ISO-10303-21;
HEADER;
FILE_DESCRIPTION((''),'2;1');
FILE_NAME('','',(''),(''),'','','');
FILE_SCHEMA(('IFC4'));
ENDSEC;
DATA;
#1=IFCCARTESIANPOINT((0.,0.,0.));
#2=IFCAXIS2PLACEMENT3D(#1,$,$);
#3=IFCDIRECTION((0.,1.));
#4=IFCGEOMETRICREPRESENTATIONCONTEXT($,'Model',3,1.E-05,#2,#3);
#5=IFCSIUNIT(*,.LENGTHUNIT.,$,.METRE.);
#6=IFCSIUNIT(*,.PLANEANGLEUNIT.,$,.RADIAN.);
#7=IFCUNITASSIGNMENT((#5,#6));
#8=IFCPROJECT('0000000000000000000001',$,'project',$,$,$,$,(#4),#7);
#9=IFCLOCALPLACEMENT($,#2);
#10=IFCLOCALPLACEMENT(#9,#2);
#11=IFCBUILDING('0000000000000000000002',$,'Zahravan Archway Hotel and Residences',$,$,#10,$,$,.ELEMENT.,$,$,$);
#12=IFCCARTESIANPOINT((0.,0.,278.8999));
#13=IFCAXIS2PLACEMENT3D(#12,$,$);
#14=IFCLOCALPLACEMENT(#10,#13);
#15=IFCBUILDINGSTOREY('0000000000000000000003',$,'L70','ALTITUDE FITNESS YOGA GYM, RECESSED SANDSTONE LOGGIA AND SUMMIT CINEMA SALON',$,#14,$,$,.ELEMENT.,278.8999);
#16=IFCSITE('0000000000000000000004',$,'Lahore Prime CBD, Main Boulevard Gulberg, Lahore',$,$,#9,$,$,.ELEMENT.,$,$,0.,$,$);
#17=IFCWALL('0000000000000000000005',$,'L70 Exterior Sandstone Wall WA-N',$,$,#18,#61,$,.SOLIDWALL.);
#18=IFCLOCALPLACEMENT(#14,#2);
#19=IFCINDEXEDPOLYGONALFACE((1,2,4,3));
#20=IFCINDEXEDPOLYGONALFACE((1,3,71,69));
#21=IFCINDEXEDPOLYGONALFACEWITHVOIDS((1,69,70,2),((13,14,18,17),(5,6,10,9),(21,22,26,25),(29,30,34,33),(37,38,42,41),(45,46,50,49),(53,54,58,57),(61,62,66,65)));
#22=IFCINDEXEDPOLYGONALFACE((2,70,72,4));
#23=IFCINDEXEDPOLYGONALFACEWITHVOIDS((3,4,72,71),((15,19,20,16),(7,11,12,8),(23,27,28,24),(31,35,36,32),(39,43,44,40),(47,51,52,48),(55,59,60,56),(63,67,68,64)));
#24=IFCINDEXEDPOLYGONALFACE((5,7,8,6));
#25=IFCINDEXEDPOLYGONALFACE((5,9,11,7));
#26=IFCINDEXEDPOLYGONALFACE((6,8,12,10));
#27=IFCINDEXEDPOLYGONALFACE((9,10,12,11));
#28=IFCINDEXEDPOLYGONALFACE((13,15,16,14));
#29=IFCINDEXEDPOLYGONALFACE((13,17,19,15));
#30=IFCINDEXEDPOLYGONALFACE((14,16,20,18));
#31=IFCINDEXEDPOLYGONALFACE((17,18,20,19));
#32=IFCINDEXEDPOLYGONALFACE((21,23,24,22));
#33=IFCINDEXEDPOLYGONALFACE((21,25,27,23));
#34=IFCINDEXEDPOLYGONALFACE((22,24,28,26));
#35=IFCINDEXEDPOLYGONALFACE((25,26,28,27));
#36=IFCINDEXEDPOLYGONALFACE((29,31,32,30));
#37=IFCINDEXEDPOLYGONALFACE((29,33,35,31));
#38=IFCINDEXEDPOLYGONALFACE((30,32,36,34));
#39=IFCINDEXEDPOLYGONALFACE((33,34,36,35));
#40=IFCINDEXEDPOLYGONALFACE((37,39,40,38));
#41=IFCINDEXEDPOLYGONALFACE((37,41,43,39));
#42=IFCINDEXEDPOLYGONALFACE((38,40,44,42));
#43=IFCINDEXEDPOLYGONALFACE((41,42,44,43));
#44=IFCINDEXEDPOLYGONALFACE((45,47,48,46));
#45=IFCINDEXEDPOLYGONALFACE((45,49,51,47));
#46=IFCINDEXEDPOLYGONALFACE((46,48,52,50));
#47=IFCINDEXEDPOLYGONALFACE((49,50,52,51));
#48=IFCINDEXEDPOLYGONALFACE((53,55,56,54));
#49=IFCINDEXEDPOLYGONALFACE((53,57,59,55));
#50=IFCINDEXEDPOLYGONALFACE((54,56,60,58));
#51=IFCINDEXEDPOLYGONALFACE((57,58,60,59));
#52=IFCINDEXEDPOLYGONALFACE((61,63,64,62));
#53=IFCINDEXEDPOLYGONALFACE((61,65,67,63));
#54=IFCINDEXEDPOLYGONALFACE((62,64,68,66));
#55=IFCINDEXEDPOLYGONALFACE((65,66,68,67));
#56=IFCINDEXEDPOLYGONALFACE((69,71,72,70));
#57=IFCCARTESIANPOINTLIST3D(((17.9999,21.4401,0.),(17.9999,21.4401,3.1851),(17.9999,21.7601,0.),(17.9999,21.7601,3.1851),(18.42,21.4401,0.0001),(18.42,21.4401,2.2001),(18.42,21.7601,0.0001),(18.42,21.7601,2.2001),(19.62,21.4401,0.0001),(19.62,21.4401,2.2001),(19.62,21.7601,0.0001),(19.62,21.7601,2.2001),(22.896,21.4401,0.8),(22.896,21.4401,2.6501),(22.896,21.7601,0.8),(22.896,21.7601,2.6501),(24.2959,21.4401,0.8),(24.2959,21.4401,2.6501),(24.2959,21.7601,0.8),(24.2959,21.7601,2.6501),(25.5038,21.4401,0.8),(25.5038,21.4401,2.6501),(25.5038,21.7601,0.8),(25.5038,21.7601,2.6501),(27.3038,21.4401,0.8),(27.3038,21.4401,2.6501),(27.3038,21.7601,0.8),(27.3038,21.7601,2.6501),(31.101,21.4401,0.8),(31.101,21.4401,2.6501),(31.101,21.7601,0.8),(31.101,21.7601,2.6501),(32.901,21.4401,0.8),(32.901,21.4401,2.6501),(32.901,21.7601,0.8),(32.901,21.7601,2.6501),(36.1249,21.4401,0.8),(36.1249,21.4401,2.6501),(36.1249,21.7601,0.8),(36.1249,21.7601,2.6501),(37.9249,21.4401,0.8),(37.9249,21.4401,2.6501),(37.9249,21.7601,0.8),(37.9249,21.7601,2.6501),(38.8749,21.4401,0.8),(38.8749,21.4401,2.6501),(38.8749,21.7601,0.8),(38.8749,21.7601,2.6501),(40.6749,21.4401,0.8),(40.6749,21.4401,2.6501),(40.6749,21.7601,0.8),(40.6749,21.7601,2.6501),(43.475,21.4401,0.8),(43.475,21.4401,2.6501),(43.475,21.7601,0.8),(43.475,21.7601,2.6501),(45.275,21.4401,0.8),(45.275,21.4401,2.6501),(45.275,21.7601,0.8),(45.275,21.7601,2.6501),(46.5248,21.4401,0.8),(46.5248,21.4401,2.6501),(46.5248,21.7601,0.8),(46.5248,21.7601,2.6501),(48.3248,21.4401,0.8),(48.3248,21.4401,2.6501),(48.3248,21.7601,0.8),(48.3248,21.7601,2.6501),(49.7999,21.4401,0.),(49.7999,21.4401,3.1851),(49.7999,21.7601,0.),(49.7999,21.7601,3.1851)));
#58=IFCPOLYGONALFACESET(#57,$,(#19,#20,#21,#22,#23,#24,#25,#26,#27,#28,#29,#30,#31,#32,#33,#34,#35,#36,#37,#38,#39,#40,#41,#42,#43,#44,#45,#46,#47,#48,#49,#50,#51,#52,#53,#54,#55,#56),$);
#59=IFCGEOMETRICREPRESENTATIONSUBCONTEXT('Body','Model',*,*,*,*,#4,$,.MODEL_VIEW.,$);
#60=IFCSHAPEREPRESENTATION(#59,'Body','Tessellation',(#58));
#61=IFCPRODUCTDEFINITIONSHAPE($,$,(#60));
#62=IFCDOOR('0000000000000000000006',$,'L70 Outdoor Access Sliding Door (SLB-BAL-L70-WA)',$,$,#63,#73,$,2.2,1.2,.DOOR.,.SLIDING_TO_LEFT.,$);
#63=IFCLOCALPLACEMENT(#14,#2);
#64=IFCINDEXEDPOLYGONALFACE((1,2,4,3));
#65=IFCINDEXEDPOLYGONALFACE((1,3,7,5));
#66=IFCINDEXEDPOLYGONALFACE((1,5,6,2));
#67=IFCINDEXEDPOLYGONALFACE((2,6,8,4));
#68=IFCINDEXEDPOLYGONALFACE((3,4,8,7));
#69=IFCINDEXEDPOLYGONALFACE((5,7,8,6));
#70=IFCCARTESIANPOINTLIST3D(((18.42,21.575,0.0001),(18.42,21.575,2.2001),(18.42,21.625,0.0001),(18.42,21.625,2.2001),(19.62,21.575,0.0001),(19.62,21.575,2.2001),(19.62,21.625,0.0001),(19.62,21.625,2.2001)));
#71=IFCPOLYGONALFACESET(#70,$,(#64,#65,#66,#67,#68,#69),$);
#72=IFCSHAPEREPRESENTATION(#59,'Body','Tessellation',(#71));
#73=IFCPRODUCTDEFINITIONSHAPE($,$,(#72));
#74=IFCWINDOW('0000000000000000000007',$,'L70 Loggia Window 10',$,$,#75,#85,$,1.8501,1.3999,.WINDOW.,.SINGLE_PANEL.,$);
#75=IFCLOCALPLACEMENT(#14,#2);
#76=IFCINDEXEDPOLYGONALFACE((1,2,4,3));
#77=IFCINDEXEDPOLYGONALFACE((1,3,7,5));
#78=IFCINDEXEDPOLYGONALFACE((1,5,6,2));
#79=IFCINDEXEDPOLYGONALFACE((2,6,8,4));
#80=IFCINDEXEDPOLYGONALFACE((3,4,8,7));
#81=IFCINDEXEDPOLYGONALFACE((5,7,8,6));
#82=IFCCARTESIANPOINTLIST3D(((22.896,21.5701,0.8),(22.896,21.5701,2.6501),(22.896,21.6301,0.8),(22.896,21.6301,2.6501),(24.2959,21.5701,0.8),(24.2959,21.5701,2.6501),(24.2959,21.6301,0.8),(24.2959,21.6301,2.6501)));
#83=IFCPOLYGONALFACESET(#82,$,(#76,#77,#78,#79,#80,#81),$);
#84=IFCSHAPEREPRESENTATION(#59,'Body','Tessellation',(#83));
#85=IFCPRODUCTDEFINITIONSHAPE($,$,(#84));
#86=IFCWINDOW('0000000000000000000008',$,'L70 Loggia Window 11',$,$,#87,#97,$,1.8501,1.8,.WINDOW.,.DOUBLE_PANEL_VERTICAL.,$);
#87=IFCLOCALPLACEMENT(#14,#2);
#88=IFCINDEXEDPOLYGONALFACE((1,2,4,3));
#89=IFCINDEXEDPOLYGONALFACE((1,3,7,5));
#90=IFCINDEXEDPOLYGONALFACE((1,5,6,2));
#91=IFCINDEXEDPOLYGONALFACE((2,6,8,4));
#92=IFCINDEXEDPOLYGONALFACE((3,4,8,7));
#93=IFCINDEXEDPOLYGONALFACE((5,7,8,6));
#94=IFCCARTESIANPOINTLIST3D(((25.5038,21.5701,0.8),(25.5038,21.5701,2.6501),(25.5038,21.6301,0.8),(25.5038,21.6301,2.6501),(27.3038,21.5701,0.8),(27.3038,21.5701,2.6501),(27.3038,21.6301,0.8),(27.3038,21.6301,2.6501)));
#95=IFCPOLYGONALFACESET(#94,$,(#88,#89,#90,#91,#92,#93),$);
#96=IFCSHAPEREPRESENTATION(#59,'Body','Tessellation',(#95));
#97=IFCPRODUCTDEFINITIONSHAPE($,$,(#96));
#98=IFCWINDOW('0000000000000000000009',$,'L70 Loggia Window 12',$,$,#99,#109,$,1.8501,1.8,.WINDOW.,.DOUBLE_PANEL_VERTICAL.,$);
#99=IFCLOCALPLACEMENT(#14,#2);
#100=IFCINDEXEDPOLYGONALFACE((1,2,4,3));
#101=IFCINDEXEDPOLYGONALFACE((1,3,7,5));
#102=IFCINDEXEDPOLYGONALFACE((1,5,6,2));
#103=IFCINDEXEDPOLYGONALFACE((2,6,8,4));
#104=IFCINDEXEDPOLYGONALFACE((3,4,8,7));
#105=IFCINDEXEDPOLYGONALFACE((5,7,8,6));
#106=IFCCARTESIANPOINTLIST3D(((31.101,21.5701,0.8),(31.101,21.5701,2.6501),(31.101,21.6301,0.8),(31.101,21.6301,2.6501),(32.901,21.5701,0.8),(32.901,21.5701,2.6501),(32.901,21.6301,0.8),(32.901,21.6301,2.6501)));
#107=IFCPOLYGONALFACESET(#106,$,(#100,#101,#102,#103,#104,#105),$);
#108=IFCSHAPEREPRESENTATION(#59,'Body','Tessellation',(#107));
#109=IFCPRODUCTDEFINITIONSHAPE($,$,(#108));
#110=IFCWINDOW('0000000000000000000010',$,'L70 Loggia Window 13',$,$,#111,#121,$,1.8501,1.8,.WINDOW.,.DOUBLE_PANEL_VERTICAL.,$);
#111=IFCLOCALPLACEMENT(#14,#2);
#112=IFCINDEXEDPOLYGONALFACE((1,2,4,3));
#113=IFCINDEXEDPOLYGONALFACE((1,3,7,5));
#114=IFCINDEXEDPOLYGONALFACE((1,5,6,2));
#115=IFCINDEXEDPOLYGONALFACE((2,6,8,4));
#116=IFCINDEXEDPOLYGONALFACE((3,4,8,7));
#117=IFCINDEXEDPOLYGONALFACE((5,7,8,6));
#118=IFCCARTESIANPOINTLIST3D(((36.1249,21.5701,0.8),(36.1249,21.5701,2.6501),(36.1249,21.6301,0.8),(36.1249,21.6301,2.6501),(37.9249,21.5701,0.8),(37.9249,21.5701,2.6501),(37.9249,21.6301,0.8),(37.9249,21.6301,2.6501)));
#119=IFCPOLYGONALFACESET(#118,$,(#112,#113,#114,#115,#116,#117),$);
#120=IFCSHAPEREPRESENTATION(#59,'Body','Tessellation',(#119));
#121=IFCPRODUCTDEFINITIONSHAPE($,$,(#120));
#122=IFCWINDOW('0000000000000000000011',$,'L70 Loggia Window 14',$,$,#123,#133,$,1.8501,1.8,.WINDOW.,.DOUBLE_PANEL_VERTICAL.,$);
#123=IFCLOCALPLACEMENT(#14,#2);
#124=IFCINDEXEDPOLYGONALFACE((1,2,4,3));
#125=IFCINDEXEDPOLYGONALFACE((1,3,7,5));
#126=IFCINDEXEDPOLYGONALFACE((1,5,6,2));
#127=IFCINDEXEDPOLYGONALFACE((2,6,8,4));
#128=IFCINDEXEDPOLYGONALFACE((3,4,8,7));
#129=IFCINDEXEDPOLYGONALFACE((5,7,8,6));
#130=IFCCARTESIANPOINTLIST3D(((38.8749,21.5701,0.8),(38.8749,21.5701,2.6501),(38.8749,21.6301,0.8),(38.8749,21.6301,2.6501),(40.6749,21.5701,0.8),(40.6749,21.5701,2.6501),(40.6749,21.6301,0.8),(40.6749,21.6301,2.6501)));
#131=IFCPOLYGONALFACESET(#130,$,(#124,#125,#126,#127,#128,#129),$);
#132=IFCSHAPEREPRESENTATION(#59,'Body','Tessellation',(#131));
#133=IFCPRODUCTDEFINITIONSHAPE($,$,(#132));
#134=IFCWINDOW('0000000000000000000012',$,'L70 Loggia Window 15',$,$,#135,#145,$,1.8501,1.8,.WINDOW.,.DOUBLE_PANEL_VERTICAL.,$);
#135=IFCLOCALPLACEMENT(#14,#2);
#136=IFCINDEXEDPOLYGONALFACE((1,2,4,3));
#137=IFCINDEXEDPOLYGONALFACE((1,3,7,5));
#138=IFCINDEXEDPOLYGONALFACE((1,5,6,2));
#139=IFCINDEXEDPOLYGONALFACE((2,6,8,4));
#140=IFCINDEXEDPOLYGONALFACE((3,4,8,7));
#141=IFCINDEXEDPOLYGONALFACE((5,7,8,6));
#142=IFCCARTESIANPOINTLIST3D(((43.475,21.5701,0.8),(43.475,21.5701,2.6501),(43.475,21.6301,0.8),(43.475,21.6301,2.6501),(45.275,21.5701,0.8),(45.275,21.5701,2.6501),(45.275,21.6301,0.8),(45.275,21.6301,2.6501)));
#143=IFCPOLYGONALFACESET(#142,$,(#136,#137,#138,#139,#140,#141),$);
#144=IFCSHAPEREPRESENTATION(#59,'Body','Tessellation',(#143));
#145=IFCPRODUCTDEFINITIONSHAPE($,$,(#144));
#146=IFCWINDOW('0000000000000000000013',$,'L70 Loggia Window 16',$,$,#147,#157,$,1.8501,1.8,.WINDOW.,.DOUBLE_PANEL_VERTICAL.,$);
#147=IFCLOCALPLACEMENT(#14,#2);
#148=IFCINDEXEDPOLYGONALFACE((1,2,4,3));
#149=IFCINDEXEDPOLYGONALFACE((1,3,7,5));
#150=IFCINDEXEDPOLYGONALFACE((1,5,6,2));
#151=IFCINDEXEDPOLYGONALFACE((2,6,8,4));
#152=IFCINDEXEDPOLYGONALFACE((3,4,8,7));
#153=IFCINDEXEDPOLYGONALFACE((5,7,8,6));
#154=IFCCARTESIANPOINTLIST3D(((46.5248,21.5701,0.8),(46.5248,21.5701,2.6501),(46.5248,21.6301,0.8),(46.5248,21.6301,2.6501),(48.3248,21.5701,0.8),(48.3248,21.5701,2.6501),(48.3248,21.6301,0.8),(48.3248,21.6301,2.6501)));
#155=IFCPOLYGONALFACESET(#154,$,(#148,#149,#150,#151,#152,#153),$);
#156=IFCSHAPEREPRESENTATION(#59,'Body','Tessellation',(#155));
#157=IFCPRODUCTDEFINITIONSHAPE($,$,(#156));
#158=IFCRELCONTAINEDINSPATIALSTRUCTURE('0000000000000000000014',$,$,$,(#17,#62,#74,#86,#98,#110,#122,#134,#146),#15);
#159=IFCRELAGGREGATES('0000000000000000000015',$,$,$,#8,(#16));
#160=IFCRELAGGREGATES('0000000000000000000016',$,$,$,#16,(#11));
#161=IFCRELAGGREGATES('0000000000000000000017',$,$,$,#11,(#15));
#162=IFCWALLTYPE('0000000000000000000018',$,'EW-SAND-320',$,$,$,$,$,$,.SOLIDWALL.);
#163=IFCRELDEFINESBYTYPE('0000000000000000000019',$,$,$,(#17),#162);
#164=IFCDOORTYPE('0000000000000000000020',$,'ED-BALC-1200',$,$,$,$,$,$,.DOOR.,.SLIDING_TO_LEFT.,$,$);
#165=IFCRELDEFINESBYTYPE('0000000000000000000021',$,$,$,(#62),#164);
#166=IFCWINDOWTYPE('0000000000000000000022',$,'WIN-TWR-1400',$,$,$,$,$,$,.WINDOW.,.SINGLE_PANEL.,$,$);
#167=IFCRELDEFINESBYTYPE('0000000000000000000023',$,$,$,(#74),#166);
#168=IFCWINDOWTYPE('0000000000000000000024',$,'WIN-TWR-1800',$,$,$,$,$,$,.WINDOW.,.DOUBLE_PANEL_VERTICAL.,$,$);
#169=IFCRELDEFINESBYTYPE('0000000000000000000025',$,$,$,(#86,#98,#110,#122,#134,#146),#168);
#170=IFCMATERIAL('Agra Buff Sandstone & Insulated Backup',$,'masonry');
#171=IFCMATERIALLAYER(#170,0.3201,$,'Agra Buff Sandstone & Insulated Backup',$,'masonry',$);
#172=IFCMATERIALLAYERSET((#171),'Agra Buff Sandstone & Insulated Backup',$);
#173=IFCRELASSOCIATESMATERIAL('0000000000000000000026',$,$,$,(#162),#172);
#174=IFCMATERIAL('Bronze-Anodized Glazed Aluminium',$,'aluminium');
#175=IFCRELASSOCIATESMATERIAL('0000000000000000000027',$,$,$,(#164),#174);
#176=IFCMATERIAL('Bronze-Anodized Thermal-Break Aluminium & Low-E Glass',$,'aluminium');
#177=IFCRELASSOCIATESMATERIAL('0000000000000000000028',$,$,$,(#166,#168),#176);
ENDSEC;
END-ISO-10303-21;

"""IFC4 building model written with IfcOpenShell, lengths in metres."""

from ifc_helpers import new_model, si_unit, direction, frame, frame_2d, origin, place, context, subcontext, project, spatial, rectangle, extrude, source, transform, mapped, material, layer, layer_set, type_object, type_shapes, element, fill, save


model = new_model("IFC4")

# Units and contexts
model_context = context("Model", 3, precision=1e-05, world=origin(), true_north=direction((0.0, 1.0)))
body_context = subcontext(model_context, "Body", "Model", "MODEL_VIEW")
ifc_project = project(units=[si_unit("LENGTHUNIT", "METRE"), si_unit("PLANEANGLEUNIT", "RADIAN")], contexts=[model_context])

# Site, building, storey
site_placement = place(None, origin())
site = spatial("IfcSite", under=ifc_project, at=site_placement, Name="Lahore Prime CBD, Main Boulevard Gulberg, Lahore", CompositionType="ELEMENT", RefElevation=0.0)
building_placement = place(site_placement, origin())
building = spatial("IfcBuilding", under=site, at=building_placement, Name="Zahravan Archway Hotel and Residences", CompositionType="ELEMENT")
storey_placement = place(building_placement, frame((0.0, 0.0, 278.8999)))
storey = spatial("IfcBuildingStorey", under=building, at=storey_placement, Name="L70", Description="ALTITUDE FITNESS YOGA GYM, RECESSED SANDSTONE LOGGIA AND SUMMIT CINEMA SALON", CompositionType="ELEMENT", Elevation=278.8999)

# Wall, openings, door, windows
ifc_material_1 = material(Name="Agra Buff Sandstone & Insulated Backup", Category="masonry")
ifc_layer_1 = layer(ifc_material_1, 0.3201, Name="Agra Buff Sandstone & Insulated Backup", Category="masonry")
ifc_layer_set_1 = layer_set([ifc_layer_1], Name="Agra Buff Sandstone & Insulated Backup")
wall_type_1 = type_object("IfcWallType", Name="EW-SAND-320", PredefinedType="SOLIDWALL", material=ifc_layer_set_1)
wall_1_placement = place(storey_placement, frame((18.0, 21.6001, 0.0), z_axis=(0.0, 0.0, 1.0), x_axis=(1.0, 0.0, 0.0)))
wall_1 = element("IfcWall", 1, at=wall_1_placement, inside=storey, type_object=wall_type_1, Name="L70 Exterior Sandstone Wall WA-N", PredefinedType="SOLIDWALL", context=body_context, shape_type="SweptSolid", body=[
    extrude(rectangle(XDim=31.8, YDim=0.3201, at=frame_2d((15.8999, 0.0))), origin(), (0.0, 0.0, 1.0), 3.1851),
])
opening_1_placement = place(wall_1_placement, frame((0.4199, 0.0, 0.0)))
opening_1 = element("IfcOpeningElement", 2, at=opening_1_placement, cuts=wall_1, PredefinedType="OPENING", context=body_context, shape_type="SweptSolid", body=[
    extrude(rectangle(XDim=1.2, YDim=2.2, at=frame_2d((0.6001, 1.1001))), frame((0.0, 0.1699, 0.0), z_axis=(0.0, -1.0, 0.0), x_axis=(1.0, 0.0, 0.0)), (0.0, 0.0, 1.0), 0.3401),
])
opening_2_placement = place(wall_1_placement, frame((4.896, 0.0, 0.8)))
opening_2 = element("IfcOpeningElement", 3, at=opening_2_placement, cuts=wall_1, PredefinedType="OPENING", context=body_context, shape_type="SweptSolid", body=[
    extrude(rectangle(XDim=1.3999, YDim=1.8501, at=frame_2d((0.7, 0.925))), frame((0.0, 0.1699, 0.0), z_axis=(0.0, -1.0, 0.0), x_axis=(1.0, 0.0, 0.0)), (0.0, 0.0, 1.0), 0.3401),
])
opening_3_placement = place(wall_1_placement, frame((7.5039, 0.0, 0.8)))
opening_3 = element("IfcOpeningElement", 4, at=opening_3_placement, cuts=wall_1, PredefinedType="OPENING", context=body_context, shape_type="SweptSolid", body=[
    extrude(rectangle(XDim=1.8, YDim=1.8501, at=frame_2d((0.8999, 0.925))), frame((0.0, 0.1699, 0.0), z_axis=(0.0, -1.0, 0.0), x_axis=(1.0, 0.0, 0.0)), (0.0, 0.0, 1.0), 0.3401),
])
opening_4_placement = place(wall_1_placement, frame((13.1011, 0.0, 0.8)))
opening_4 = element("IfcOpeningElement", 5, at=opening_4_placement, cuts=wall_1, PredefinedType="OPENING", context=body_context, shape_type="SweptSolid", body=[
    extrude(rectangle(XDim=1.8, YDim=1.8501, at=frame_2d((0.8999, 0.925))), frame((0.0, 0.1699, 0.0), z_axis=(0.0, -1.0, 0.0), x_axis=(1.0, 0.0, 0.0)), (0.0, 0.0, 1.0), 0.3401),
])
opening_5_placement = place(wall_1_placement, frame((18.125, 0.0, 0.8)))
opening_5 = element("IfcOpeningElement", 6, at=opening_5_placement, cuts=wall_1, PredefinedType="OPENING", context=body_context, shape_type="SweptSolid", body=[
    extrude(rectangle(XDim=1.8, YDim=1.8501, at=frame_2d((0.8999, 0.925))), frame((0.0, 0.1699, 0.0), z_axis=(0.0, -1.0, 0.0), x_axis=(1.0, 0.0, 0.0)), (0.0, 0.0, 1.0), 0.3401),
])
opening_6_placement = place(wall_1_placement, frame((20.875, 0.0, 0.8)))
opening_6 = element("IfcOpeningElement", 7, at=opening_6_placement, cuts=wall_1, PredefinedType="OPENING", context=body_context, shape_type="SweptSolid", body=[
    extrude(rectangle(XDim=1.8, YDim=1.8501, at=frame_2d((0.8999, 0.925))), frame((0.0, 0.1699, 0.0), z_axis=(0.0, -1.0, 0.0), x_axis=(1.0, 0.0, 0.0)), (0.0, 0.0, 1.0), 0.3401),
])
opening_7_placement = place(wall_1_placement, frame((25.4751, 0.0, 0.8)))
opening_7 = element("IfcOpeningElement", 8, at=opening_7_placement, cuts=wall_1, PredefinedType="OPENING", context=body_context, shape_type="SweptSolid", body=[
    extrude(rectangle(XDim=1.8, YDim=1.8501, at=frame_2d((0.8999, 0.925))), frame((0.0, 0.1699, 0.0), z_axis=(0.0, -1.0, 0.0), x_axis=(1.0, 0.0, 0.0)), (0.0, 0.0, 1.0), 0.3401),
])
opening_8_placement = place(wall_1_placement, frame((28.5249, 0.0, 0.8)))
opening_8 = element("IfcOpeningElement", 9, at=opening_8_placement, cuts=wall_1, PredefinedType="OPENING", context=body_context, shape_type="SweptSolid", body=[
    extrude(rectangle(XDim=1.8, YDim=1.8501, at=frame_2d((0.8999, 0.925))), frame((0.0, 0.1699, 0.0), z_axis=(0.0, -1.0, 0.0), x_axis=(1.0, 0.0, 0.0)), (0.0, 0.0, 1.0), 0.3401),
])
ifc_material_2 = material(Name="Bronze-Anodized Glazed Aluminium", Category="aluminium")
door_type = type_object("IfcDoorType", Name="ED-BALC-1200", OperationType="SLIDING_TO_LEFT", PredefinedType="DOOR", material=ifc_material_2)
shared_shape_1 = source(origin(), body_context, "Body", "SweptSolid", [
    extrude(rectangle(XDim=1.2, YDim=2.2, at=frame_2d((0.6001, 1.1001))), frame((0.0, 0.0249, 0.0), z_axis=(0.0, -1.0, 0.0), x_axis=(1.0, 0.0, 0.0)), (0.0, 0.0, 1.0), 0.05),
])
type_shapes(door_type, [shared_shape_1])
door_placement = place(opening_1_placement, origin())
door = element("IfcDoor", 10, at=door_placement, inside=storey, type_object=door_type, Name="L70 Outdoor Access Sliding Door (SLB-BAL-L70-WA)", OperationType="SLIDING_TO_LEFT", OverallHeight=2.2, OverallWidth=1.2, PredefinedType="DOOR", context=body_context, shape_type="MappedRepresentation", body=[
    mapped(shared_shape_1, transform((0.0, 0.0, 0.0), scale=1.0)),
])
fill(opening_1, door)
ifc_material_3 = material(Name="Bronze-Anodized Thermal-Break Aluminium & Low-E Glass", Category="aluminium")
window_type_1 = type_object("IfcWindowType", Name="WIN-TWR-1400", PartitioningType="SINGLE_PANEL", PredefinedType="WINDOW", material=ifc_material_3)
shared_shape_2 = source(origin(), body_context, "Body", "SweptSolid", [
    extrude(rectangle(XDim=1.3999, YDim=1.8501, at=frame_2d((0.7, 0.925))), frame((0.0, 0.03, 0.0), z_axis=(0.0, -1.0, 0.0), x_axis=(1.0, 0.0, 0.0)), (0.0, 0.0, 1.0), 0.0601),
])
type_shapes(window_type_1, [shared_shape_2])
window_1_placement = place(opening_2_placement, origin())
window_1 = element("IfcWindow", 11, at=window_1_placement, inside=storey, type_object=window_type_1, Name="L70 Loggia Window 10", OverallHeight=1.8501, OverallWidth=1.3999, PartitioningType="SINGLE_PANEL", PredefinedType="WINDOW", context=body_context, shape_type="MappedRepresentation", body=[
    mapped(shared_shape_2, transform((0.0, 0.0, 0.0), scale=1.0)),
])
fill(opening_2, window_1)
window_type_2 = type_object("IfcWindowType", Name="WIN-TWR-1800", PartitioningType="DOUBLE_PANEL_VERTICAL", PredefinedType="WINDOW", material=ifc_material_3)
shared_shape_3 = source(origin(), body_context, "Body", "SweptSolid", [
    extrude(rectangle(XDim=1.8, YDim=1.8501, at=frame_2d((0.8999, 0.925))), frame((0.0, 0.03, 0.0), z_axis=(0.0, -1.0, 0.0), x_axis=(1.0, 0.0, 0.0)), (0.0, 0.0, 1.0), 0.0601),
])
type_shapes(window_type_2, [shared_shape_3])
window_2_placement = place(opening_3_placement, origin())
window_2 = element("IfcWindow", 12, at=window_2_placement, inside=storey, type_object=window_type_2, Name="L70 Loggia Window 11", OverallHeight=1.8501, OverallWidth=1.8, PartitioningType="DOUBLE_PANEL_VERTICAL", PredefinedType="WINDOW", context=body_context, shape_type="MappedRepresentation", body=[
    mapped(shared_shape_3, transform((0.0, 0.0, 0.0), scale=1.0)),
])
fill(opening_3, window_2)
window_3_placement = place(opening_4_placement, origin())
window_3 = element("IfcWindow", 13, at=window_3_placement, inside=storey, type_object=window_type_2, Name="L70 Loggia Window 12", OverallHeight=1.8501, OverallWidth=1.8, PartitioningType="DOUBLE_PANEL_VERTICAL", PredefinedType="WINDOW", context=body_context, shape_type="MappedRepresentation", body=[
    mapped(shared_shape_3, transform((0.0, 0.0, 0.0), scale=1.0)),
])
fill(opening_4, window_3)
window_4_placement = place(opening_5_placement, origin())
window_4 = element("IfcWindow", 14, at=window_4_placement, inside=storey, type_object=window_type_2, Name="L70 Loggia Window 13", OverallHeight=1.8501, OverallWidth=1.8, PartitioningType="DOUBLE_PANEL_VERTICAL", PredefinedType="WINDOW", context=body_context, shape_type="MappedRepresentation", body=[
    mapped(shared_shape_3, transform((0.0, 0.0, 0.0), scale=1.0)),
])
fill(opening_5, window_4)
window_5_placement = place(opening_6_placement, origin())
window_5 = element("IfcWindow", 15, at=window_5_placement, inside=storey, type_object=window_type_2, Name="L70 Loggia Window 14", OverallHeight=1.8501, OverallWidth=1.8, PartitioningType="DOUBLE_PANEL_VERTICAL", PredefinedType="WINDOW", context=body_context, shape_type="MappedRepresentation", body=[
    mapped(shared_shape_3, transform((0.0, 0.0, 0.0), scale=1.0)),
])
fill(opening_6, window_5)
window_6_placement = place(opening_7_placement, origin())
window_6 = element("IfcWindow", 16, at=window_6_placement, inside=storey, type_object=window_type_2, Name="L70 Loggia Window 15", OverallHeight=1.8501, OverallWidth=1.8, PartitioningType="DOUBLE_PANEL_VERTICAL", PredefinedType="WINDOW", context=body_context, shape_type="MappedRepresentation", body=[
    mapped(shared_shape_3, transform((0.0, 0.0, 0.0), scale=1.0)),
])
fill(opening_7, window_6)
window_7_placement = place(opening_8_placement, origin())
window_7 = element("IfcWindow", 17, at=window_7_placement, inside=storey, type_object=window_type_2, Name="L70 Loggia Window 16", OverallHeight=1.8501, OverallWidth=1.8, PartitioningType="DOUBLE_PANEL_VERTICAL", PredefinedType="WINDOW", context=body_context, shape_type="MappedRepresentation", body=[
    mapped(shared_shape_3, transform((0.0, 0.0, 0.0), scale=1.0)),
])
fill(opening_8, window_7)

save(model, "model.ifc")
